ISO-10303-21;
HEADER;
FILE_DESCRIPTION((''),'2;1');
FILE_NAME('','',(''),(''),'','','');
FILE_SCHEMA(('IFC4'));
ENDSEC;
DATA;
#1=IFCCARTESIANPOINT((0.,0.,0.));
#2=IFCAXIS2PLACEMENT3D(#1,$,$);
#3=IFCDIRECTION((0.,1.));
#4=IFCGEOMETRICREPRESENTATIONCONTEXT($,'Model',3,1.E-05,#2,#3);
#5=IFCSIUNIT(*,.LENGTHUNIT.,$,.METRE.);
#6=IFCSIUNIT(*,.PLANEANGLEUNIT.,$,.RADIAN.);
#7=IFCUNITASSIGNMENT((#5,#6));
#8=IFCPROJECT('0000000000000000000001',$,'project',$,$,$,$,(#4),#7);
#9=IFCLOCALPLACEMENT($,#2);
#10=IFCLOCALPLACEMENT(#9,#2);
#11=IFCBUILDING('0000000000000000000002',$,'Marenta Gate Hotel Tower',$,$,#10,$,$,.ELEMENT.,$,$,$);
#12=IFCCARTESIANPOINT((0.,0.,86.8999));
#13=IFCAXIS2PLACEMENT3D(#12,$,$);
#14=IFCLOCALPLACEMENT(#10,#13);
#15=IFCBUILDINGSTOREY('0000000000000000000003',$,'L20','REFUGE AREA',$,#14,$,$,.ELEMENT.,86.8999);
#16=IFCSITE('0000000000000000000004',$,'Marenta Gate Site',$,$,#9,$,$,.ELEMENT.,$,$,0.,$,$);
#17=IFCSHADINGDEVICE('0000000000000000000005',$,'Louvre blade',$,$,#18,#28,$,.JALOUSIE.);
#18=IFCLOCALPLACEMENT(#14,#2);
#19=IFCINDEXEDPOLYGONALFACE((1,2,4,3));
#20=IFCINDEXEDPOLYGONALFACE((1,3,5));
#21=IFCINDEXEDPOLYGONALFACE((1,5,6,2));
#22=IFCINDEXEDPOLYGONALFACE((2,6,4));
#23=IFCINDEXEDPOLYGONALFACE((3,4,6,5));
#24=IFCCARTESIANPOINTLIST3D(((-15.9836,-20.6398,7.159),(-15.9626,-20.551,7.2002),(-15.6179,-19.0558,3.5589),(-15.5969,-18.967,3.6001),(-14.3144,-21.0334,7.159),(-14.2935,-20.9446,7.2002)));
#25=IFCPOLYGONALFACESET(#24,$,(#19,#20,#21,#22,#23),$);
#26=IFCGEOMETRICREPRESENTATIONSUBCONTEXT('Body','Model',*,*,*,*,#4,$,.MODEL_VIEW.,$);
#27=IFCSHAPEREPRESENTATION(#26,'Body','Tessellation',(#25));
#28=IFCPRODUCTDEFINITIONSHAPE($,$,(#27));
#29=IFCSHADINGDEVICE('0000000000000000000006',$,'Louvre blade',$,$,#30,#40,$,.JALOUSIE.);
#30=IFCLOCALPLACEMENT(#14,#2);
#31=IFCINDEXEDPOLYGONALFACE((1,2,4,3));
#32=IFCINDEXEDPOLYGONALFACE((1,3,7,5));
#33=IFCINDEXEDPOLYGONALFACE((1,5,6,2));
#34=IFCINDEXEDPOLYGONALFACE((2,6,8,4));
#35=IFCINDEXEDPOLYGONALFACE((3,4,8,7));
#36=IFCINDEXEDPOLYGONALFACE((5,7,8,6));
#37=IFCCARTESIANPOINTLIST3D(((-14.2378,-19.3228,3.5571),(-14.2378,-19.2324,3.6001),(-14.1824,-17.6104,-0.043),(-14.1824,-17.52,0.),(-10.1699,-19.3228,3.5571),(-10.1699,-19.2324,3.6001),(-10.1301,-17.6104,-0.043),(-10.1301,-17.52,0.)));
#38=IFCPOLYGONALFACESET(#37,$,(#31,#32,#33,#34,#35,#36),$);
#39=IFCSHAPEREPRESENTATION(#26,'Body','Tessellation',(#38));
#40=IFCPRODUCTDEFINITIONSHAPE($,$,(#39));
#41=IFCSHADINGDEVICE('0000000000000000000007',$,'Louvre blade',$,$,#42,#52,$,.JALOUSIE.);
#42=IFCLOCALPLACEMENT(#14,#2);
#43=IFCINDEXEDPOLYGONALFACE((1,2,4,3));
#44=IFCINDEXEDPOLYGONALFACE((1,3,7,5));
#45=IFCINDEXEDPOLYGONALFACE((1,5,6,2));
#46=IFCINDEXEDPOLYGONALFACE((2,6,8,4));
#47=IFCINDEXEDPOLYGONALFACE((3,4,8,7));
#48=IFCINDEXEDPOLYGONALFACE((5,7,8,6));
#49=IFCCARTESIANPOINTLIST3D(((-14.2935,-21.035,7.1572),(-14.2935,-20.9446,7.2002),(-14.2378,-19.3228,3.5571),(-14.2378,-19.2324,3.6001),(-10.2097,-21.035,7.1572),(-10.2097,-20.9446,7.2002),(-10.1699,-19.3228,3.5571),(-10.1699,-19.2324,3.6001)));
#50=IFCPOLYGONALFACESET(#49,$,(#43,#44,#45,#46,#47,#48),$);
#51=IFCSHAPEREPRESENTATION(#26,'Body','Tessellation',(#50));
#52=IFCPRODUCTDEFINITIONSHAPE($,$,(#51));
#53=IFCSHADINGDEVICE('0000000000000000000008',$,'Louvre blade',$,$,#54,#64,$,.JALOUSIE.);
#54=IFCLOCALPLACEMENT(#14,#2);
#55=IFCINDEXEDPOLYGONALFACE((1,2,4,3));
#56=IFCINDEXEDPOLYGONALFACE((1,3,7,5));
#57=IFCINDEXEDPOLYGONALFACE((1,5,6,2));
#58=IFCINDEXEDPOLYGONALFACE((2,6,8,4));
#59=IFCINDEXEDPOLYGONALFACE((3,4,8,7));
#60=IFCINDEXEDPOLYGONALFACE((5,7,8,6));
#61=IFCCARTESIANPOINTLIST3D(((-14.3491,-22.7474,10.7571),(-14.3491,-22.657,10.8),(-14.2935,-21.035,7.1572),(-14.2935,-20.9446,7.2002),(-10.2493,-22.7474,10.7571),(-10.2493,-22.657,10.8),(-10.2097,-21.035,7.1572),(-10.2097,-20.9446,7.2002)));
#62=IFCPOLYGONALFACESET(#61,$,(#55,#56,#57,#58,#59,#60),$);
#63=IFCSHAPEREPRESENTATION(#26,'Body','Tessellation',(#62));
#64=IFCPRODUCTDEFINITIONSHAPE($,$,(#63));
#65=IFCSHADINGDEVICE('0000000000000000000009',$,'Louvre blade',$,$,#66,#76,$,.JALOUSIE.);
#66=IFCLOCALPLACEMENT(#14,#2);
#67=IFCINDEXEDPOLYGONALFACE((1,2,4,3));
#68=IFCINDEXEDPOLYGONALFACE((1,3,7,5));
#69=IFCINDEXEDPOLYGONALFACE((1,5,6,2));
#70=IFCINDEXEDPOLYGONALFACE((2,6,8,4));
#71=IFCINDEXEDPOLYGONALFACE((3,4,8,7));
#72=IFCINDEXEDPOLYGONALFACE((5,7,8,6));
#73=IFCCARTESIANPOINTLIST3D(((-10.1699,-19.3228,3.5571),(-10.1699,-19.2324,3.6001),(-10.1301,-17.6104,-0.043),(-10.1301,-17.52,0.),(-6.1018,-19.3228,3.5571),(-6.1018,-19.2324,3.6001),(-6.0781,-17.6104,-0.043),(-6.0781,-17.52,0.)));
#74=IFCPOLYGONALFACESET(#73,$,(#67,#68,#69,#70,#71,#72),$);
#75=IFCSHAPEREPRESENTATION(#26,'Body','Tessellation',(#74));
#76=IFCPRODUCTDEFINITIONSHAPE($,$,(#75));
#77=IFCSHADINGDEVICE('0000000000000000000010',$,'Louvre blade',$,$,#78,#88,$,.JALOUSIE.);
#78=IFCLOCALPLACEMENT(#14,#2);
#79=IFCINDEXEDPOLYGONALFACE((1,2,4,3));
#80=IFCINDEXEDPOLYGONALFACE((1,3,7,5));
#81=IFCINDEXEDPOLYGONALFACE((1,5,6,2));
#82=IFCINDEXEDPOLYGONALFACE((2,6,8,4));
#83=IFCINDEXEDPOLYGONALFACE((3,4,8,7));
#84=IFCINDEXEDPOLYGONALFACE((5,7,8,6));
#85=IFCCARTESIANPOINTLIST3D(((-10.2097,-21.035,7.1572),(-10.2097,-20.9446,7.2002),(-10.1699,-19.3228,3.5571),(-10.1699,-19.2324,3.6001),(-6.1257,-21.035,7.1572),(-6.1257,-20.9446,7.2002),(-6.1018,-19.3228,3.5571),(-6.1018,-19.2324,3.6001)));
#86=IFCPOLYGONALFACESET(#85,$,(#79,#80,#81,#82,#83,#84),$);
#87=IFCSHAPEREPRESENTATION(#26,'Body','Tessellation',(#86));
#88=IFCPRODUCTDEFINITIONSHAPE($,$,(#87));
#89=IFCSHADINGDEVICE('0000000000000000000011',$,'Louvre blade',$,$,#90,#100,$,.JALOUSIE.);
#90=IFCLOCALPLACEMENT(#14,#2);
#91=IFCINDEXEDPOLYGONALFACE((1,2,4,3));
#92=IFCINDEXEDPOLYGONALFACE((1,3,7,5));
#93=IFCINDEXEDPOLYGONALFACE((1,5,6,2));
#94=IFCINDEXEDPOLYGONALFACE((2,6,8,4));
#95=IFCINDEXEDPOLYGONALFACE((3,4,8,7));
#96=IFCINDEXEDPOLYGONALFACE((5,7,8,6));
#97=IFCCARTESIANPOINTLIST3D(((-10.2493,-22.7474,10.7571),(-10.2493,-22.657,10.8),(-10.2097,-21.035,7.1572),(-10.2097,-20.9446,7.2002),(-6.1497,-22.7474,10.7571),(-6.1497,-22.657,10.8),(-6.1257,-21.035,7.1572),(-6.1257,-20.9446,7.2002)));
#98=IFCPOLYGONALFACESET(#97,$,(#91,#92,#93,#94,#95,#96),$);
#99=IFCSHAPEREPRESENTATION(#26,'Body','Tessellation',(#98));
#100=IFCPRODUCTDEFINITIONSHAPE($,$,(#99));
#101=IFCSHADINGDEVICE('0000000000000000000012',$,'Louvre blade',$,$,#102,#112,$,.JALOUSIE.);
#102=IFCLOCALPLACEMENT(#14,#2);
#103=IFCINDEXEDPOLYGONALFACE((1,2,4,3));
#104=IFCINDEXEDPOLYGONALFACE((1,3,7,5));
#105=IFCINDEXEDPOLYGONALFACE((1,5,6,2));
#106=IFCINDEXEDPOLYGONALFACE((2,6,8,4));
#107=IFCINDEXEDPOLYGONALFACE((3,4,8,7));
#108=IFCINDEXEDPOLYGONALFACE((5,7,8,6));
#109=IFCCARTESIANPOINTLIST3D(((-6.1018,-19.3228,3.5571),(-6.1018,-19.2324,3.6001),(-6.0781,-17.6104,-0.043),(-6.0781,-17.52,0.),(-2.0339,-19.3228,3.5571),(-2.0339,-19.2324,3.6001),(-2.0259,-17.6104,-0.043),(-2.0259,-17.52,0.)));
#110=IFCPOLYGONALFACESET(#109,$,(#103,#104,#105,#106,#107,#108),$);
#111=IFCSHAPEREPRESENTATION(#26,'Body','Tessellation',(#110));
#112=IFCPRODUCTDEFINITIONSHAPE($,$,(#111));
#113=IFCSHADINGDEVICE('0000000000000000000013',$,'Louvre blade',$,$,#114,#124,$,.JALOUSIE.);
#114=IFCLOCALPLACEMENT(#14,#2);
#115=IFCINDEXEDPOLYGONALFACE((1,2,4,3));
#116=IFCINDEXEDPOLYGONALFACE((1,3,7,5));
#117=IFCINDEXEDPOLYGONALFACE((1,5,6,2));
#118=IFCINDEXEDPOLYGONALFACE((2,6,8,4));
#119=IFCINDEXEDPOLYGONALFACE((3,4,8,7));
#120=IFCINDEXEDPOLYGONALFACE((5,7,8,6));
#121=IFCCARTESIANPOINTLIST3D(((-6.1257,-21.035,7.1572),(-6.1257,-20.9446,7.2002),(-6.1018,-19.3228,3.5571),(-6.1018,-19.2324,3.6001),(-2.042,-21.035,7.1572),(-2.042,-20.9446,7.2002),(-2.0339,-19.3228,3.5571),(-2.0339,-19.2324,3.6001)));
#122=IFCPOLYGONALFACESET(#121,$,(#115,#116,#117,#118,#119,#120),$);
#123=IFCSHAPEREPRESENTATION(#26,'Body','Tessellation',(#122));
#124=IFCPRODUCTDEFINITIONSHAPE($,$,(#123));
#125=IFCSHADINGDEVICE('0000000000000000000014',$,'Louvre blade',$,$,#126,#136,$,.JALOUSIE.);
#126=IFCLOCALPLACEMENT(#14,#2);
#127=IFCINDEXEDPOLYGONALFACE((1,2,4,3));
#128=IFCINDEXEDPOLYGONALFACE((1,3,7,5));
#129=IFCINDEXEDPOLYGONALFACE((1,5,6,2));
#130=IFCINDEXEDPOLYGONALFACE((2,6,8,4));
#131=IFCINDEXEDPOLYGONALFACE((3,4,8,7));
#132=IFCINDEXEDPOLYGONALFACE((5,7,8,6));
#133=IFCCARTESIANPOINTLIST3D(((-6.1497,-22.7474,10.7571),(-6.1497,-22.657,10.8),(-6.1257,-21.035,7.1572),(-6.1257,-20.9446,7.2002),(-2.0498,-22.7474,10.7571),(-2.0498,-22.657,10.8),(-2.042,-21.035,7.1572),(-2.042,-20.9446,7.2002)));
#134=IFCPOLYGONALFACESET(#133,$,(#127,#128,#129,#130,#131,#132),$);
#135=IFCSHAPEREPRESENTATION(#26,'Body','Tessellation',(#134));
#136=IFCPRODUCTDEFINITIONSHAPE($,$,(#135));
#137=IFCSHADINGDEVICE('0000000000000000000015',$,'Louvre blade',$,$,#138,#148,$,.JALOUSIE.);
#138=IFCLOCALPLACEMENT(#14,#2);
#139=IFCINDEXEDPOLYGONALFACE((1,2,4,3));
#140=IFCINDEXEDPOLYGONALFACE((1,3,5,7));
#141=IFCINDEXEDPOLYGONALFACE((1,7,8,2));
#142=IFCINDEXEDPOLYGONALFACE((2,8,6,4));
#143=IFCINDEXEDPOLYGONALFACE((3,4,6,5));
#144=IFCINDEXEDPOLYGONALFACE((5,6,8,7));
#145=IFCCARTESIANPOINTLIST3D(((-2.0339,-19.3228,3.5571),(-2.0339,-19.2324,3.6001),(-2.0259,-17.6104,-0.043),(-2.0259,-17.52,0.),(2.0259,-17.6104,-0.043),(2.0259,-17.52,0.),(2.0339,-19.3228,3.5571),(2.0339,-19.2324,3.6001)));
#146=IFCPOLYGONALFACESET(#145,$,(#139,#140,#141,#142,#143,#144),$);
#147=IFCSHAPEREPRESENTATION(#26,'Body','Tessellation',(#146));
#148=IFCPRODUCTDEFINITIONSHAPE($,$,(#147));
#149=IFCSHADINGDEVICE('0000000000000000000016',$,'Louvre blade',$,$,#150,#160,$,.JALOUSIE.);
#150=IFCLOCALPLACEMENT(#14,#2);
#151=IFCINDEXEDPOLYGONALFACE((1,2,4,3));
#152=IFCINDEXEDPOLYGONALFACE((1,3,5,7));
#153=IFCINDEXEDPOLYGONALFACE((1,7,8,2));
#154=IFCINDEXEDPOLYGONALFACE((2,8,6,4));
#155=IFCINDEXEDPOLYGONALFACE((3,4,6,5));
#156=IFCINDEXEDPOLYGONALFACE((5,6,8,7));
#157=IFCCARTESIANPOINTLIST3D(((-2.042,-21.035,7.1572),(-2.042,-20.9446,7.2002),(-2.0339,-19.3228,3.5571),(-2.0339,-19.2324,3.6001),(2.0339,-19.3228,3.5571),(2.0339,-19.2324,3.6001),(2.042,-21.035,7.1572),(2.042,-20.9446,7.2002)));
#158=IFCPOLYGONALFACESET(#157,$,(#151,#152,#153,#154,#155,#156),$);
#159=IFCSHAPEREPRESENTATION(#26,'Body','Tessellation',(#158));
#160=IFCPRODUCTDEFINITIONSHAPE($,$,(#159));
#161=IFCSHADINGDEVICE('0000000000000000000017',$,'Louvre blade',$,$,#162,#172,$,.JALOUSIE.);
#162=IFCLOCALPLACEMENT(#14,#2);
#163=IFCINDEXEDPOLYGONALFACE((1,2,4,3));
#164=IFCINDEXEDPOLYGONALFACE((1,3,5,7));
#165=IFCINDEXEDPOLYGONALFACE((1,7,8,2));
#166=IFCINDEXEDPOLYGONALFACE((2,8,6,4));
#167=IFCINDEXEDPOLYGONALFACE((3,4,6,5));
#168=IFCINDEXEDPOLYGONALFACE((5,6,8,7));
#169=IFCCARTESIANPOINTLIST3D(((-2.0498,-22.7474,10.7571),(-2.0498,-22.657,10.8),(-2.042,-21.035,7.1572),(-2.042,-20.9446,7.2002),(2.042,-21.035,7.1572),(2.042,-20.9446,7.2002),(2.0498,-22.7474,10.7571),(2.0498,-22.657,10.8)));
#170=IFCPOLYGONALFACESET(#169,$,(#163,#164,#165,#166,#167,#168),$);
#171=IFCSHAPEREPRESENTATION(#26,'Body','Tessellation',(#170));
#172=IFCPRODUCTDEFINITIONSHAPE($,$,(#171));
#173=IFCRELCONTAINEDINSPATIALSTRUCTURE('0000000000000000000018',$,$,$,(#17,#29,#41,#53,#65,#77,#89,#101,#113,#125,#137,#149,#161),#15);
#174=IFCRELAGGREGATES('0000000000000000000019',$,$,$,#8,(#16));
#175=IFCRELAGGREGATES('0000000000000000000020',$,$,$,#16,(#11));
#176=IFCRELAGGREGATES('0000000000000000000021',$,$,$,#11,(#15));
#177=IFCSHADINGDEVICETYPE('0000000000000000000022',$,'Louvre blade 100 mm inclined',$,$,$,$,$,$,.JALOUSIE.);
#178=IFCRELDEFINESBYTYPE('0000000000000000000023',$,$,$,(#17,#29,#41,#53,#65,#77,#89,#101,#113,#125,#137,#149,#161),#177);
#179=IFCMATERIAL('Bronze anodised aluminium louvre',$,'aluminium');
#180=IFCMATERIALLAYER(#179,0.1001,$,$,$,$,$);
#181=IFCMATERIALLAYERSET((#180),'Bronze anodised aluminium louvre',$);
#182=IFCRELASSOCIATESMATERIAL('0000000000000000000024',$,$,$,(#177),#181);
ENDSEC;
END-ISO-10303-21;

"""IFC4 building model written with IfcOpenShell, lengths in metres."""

from ifc_helpers import new_model, si_unit, direction, frame, origin, place, context, subcontext, project, spatial, polyline, outline, extrude, material, layer, layer_set, type_object, element, save


model = new_model("IFC4")

# Units and contexts
model_context = context("Model", 3, precision=1e-05, world=origin(), true_north=direction((0.0, 1.0)))
body_context = subcontext(model_context, "Body", "Model", "MODEL_VIEW")
ifc_project = project(units=[si_unit("LENGTHUNIT", "METRE"), si_unit("PLANEANGLEUNIT", "RADIAN")], contexts=[model_context])

# Site, building, storey
site_placement = place(None, origin())
site = spatial("IfcSite", under=ifc_project, at=site_placement, Name="Marenta Gate Site", CompositionType="ELEMENT", RefElevation=0.0)
building_placement = place(site_placement, origin())
building = spatial("IfcBuilding", under=site, at=building_placement, Name="Marenta Gate Hotel Tower", CompositionType="ELEMENT")
storey_placement = place(building_placement, frame((0.0, 0.0, 86.8999)))
storey = spatial("IfcBuildingStorey", under=building, at=storey_placement, Name="L20", Description="REFUGE AREA", CompositionType="ELEMENT", Elevation=86.8999)

# Shading devices
ifc_material_1 = material(Name="Bronze anodised aluminium louvre", Category="aluminium")
ifc_layer_1 = layer(ifc_material_1, 0.1001)
ifc_layer_set_1 = layer_set([ifc_layer_1], Name="Bronze anodised aluminium louvre")
shading_device_type = type_object("IfcShadingDeviceType", Name="Louvre blade 100 mm inclined", PredefinedType="JALOUSIE", material=ifc_layer_set_1)
shading_device_1_placement = place(storey_placement, frame((-15.5969, -18.967, 3.6001), z_axis=(0.209149, 0.887068, 0.411542), x_axis=(0.302475, -0.458896, 0.835418)))
element("IfcShadingDevice", 1, at=shading_device_1_placement, inside=storey, type_object=shading_device_type, Name="Louvre blade", PredefinedType="JALOUSIE", context=body_context, shape_type="SweptSolid", body=[
    extrude(outline(polyline([(0.0, 0.0), (4.3093, 0.0), (3.6238, -1.572), (0.0, 0.0)])), origin(), (0.0, 0.0, -1.0), 0.1001),
])
shading_device_2_placement = place(storey_placement, frame((-14.1824, -17.52, 0.0), z_axis=(0.0, 0.903048, 0.429539), x_axis=(1.0, 0.0, 0.0)))
element("IfcShadingDevice", 2, at=shading_device_2_placement, inside=storey, type_object=shading_device_type, Name="Louvre blade", PredefinedType="JALOUSIE", context=body_context, shape_type="SweptSolid", body=[
    extrude(outline(polyline([(0.0, 0.0), (4.0522, 0.0), (4.0125, -3.9866), (-0.0554, -3.9866), (0.0, 0.0)])), origin(), (0.0, 0.0, -1.0), 0.1001),
])
shading_device_3_placement = place(storey_placement, frame((-14.2378, -19.2324, 3.6001), z_axis=(0.0, 0.903072, 0.429489), x_axis=(1.0, 0.0, 0.0)))
element("IfcShadingDevice", 3, at=shading_device_3_placement, inside=storey, type_object=shading_device_type, Name="Louvre blade", PredefinedType="JALOUSIE", context=body_context, shape_type="SweptSolid", body=[
    extrude(outline(polyline([(0.0, 0.0), (4.0679, 0.0), (4.0281, -3.9865), (-0.0557, -3.9865), (0.0, 0.0)])), origin(), (0.0, 0.0, -1.0), 0.1001),
])
shading_device_4_placement = place(storey_placement, frame((-14.2935, -20.9446, 7.2002), z_axis=(0.0, 0.903037, 0.429563), x_axis=(1.0, 0.0, 0.0)))
element("IfcShadingDevice", 4, at=shading_device_4_placement, inside=storey, type_object=shading_device_type, Name="Louvre blade", PredefinedType="JALOUSIE", context=body_context, shape_type="SweptSolid", body=[
    extrude(outline(polyline([(0.0, 0.0), (4.0837, 0.0), (4.0442, -3.9864), (-0.0557, -3.9864), (0.0, 0.0)])), origin(), (0.0, 0.0, -1.0), 0.1001),
])
shading_device_5_placement = place(storey_placement, frame((-10.1301, -17.52, 0.0), z_axis=(0.0, 0.903048, 0.429539), x_axis=(1.0, 0.0, 0.0)))
element("IfcShadingDevice", 5, at=shading_device_5_placement, inside=storey, type_object=shading_device_type, Name="Louvre blade", PredefinedType="JALOUSIE", context=body_context, shape_type="SweptSolid", body=[
    extrude(outline(polyline([(0.0, 0.0), (4.052, 0.0), (4.0283, -3.9866), (-0.0398, -3.9866), (0.0, 0.0)])), origin(), (0.0, 0.0, -1.0), 0.1001),
])
shading_device_6_placement = place(storey_placement, frame((-10.1699, -19.2324, 3.6001), z_axis=(0.0, 0.903072, 0.429489), x_axis=(1.0, 0.0, 0.0)))
element("IfcShadingDevice", 6, at=shading_device_6_placement, inside=storey, type_object=shading_device_type, Name="Louvre blade", PredefinedType="JALOUSIE", context=body_context, shape_type="SweptSolid", body=[
    extrude(outline(polyline([(0.0, 0.0), (4.0681, 0.0), (4.0442, -3.9865), (-0.0398, -3.9865), (0.0, 0.0)])), origin(), (0.0, 0.0, -1.0), 0.1001),
])
shading_device_7_placement = place(storey_placement, frame((-10.2097, -20.9446, 7.2002), z_axis=(0.0, 0.903037, 0.429563), x_axis=(1.0, 0.0, 0.0)))
element("IfcShadingDevice", 7, at=shading_device_7_placement, inside=storey, type_object=shading_device_type, Name="Louvre blade", PredefinedType="JALOUSIE", context=body_context, shape_type="SweptSolid", body=[
    extrude(outline(polyline([(0.0, 0.0), (4.084, 0.0), (4.0601, -3.9864), (-0.0396, -3.9864), (0.0, 0.0)])), origin(), (0.0, 0.0, -1.0), 0.1001),
])
shading_device_8_placement = place(storey_placement, frame((-6.0781, -17.52, 0.0), z_axis=(0.0, 0.903048, 0.429539), x_axis=(1.0, 0.0, 0.0)))
element("IfcShadingDevice", 8, at=shading_device_8_placement, inside=storey, type_object=shading_device_type, Name="Louvre blade", PredefinedType="JALOUSIE", context=body_context, shape_type="SweptSolid", body=[
    extrude(outline(polyline([(0.0, 0.0), (4.0522, 0.0), (4.0442, -3.9866), (-0.0237, -3.9866), (0.0, 0.0)])), origin(), (0.0, 0.0, -1.0), 0.1001),
])
shading_device_9_placement = place(storey_placement, frame((-6.1018, -19.2324, 3.6001), z_axis=(0.0, 0.903072, 0.429489), x_axis=(1.0, 0.0, 0.0)))
element("IfcShadingDevice", 9, at=shading_device_9_placement, inside=storey, type_object=shading_device_type, Name="Louvre blade", PredefinedType="JALOUSIE", context=body_context, shape_type="SweptSolid", body=[
    extrude(outline(polyline([(0.0, 0.0), (4.0679, 0.0), (4.0598, -3.9865), (-0.0239, -3.9865), (0.0, 0.0)])), origin(), (0.0, 0.0, -1.0), 0.1001),
])
shading_device_10_placement = place(storey_placement, frame((-6.1257, -20.9446, 7.2002), z_axis=(0.0, 0.903037, 0.429563), x_axis=(1.0, 0.0, 0.0)))
element("IfcShadingDevice", 10, at=shading_device_10_placement, inside=storey, type_object=shading_device_type, Name="Louvre blade", PredefinedType="JALOUSIE", context=body_context, shape_type="SweptSolid", body=[
    extrude(outline(polyline([(0.0, 0.0), (4.0837, 0.0), (4.0759, -3.9864), (-0.0239, -3.9864), (0.0, 0.0)])), origin(), (0.0, 0.0, -1.0), 0.1001),
])
shading_device_11_placement = place(storey_placement, frame((-2.0259, -17.52, 0.0), z_axis=(0.0, 0.903048, 0.429539), x_axis=(1.0, 0.0, 0.0)))
element("IfcShadingDevice", 11, at=shading_device_11_placement, inside=storey, type_object=shading_device_type, Name="Louvre blade", PredefinedType="JALOUSIE", context=body_context, shape_type="SweptSolid", body=[
    extrude(outline(polyline([(0.0, 0.0), (4.0518, 0.0), (4.0598, -3.9866), (-0.0081, -3.9866), (0.0, 0.0)])), origin(), (0.0, 0.0, -1.0), 0.1001),
])
shading_device_12_placement = place(storey_placement, frame((-2.0339, -19.2324, 3.6001), z_axis=(0.0, 0.903072, 0.429489), x_axis=(1.0, 0.0, 0.0)))
element("IfcShadingDevice", 12, at=shading_device_12_placement, inside=storey, type_object=shading_device_type, Name="Louvre blade", PredefinedType="JALOUSIE", context=body_context, shape_type="SweptSolid", body=[
    extrude(outline(polyline([(0.0, 0.0), (4.0679, 0.0), (4.0759, -3.9865), (-0.0081, -3.9865), (0.0, 0.0)])), origin(), (0.0, 0.0, -1.0), 0.1001),
])
shading_device_13_placement = place(storey_placement, frame((-2.042, -20.9446, 7.2002), z_axis=(0.0, 0.903037, 0.429563), x_axis=(1.0, 0.0, 0.0)))
element("IfcShadingDevice", 13, at=shading_device_13_placement, inside=storey, type_object=shading_device_type, Name="Louvre blade", PredefinedType="JALOUSIE", context=body_context, shape_type="SweptSolid", body=[
    extrude(outline(polyline([(0.0, 0.0), (4.084, 0.0), (4.0918, -3.9864), (-0.0078, -3.9864), (0.0, 0.0)])), origin(), (0.0, 0.0, -1.0), 0.1001),
])

save(model, "model.ifc")
